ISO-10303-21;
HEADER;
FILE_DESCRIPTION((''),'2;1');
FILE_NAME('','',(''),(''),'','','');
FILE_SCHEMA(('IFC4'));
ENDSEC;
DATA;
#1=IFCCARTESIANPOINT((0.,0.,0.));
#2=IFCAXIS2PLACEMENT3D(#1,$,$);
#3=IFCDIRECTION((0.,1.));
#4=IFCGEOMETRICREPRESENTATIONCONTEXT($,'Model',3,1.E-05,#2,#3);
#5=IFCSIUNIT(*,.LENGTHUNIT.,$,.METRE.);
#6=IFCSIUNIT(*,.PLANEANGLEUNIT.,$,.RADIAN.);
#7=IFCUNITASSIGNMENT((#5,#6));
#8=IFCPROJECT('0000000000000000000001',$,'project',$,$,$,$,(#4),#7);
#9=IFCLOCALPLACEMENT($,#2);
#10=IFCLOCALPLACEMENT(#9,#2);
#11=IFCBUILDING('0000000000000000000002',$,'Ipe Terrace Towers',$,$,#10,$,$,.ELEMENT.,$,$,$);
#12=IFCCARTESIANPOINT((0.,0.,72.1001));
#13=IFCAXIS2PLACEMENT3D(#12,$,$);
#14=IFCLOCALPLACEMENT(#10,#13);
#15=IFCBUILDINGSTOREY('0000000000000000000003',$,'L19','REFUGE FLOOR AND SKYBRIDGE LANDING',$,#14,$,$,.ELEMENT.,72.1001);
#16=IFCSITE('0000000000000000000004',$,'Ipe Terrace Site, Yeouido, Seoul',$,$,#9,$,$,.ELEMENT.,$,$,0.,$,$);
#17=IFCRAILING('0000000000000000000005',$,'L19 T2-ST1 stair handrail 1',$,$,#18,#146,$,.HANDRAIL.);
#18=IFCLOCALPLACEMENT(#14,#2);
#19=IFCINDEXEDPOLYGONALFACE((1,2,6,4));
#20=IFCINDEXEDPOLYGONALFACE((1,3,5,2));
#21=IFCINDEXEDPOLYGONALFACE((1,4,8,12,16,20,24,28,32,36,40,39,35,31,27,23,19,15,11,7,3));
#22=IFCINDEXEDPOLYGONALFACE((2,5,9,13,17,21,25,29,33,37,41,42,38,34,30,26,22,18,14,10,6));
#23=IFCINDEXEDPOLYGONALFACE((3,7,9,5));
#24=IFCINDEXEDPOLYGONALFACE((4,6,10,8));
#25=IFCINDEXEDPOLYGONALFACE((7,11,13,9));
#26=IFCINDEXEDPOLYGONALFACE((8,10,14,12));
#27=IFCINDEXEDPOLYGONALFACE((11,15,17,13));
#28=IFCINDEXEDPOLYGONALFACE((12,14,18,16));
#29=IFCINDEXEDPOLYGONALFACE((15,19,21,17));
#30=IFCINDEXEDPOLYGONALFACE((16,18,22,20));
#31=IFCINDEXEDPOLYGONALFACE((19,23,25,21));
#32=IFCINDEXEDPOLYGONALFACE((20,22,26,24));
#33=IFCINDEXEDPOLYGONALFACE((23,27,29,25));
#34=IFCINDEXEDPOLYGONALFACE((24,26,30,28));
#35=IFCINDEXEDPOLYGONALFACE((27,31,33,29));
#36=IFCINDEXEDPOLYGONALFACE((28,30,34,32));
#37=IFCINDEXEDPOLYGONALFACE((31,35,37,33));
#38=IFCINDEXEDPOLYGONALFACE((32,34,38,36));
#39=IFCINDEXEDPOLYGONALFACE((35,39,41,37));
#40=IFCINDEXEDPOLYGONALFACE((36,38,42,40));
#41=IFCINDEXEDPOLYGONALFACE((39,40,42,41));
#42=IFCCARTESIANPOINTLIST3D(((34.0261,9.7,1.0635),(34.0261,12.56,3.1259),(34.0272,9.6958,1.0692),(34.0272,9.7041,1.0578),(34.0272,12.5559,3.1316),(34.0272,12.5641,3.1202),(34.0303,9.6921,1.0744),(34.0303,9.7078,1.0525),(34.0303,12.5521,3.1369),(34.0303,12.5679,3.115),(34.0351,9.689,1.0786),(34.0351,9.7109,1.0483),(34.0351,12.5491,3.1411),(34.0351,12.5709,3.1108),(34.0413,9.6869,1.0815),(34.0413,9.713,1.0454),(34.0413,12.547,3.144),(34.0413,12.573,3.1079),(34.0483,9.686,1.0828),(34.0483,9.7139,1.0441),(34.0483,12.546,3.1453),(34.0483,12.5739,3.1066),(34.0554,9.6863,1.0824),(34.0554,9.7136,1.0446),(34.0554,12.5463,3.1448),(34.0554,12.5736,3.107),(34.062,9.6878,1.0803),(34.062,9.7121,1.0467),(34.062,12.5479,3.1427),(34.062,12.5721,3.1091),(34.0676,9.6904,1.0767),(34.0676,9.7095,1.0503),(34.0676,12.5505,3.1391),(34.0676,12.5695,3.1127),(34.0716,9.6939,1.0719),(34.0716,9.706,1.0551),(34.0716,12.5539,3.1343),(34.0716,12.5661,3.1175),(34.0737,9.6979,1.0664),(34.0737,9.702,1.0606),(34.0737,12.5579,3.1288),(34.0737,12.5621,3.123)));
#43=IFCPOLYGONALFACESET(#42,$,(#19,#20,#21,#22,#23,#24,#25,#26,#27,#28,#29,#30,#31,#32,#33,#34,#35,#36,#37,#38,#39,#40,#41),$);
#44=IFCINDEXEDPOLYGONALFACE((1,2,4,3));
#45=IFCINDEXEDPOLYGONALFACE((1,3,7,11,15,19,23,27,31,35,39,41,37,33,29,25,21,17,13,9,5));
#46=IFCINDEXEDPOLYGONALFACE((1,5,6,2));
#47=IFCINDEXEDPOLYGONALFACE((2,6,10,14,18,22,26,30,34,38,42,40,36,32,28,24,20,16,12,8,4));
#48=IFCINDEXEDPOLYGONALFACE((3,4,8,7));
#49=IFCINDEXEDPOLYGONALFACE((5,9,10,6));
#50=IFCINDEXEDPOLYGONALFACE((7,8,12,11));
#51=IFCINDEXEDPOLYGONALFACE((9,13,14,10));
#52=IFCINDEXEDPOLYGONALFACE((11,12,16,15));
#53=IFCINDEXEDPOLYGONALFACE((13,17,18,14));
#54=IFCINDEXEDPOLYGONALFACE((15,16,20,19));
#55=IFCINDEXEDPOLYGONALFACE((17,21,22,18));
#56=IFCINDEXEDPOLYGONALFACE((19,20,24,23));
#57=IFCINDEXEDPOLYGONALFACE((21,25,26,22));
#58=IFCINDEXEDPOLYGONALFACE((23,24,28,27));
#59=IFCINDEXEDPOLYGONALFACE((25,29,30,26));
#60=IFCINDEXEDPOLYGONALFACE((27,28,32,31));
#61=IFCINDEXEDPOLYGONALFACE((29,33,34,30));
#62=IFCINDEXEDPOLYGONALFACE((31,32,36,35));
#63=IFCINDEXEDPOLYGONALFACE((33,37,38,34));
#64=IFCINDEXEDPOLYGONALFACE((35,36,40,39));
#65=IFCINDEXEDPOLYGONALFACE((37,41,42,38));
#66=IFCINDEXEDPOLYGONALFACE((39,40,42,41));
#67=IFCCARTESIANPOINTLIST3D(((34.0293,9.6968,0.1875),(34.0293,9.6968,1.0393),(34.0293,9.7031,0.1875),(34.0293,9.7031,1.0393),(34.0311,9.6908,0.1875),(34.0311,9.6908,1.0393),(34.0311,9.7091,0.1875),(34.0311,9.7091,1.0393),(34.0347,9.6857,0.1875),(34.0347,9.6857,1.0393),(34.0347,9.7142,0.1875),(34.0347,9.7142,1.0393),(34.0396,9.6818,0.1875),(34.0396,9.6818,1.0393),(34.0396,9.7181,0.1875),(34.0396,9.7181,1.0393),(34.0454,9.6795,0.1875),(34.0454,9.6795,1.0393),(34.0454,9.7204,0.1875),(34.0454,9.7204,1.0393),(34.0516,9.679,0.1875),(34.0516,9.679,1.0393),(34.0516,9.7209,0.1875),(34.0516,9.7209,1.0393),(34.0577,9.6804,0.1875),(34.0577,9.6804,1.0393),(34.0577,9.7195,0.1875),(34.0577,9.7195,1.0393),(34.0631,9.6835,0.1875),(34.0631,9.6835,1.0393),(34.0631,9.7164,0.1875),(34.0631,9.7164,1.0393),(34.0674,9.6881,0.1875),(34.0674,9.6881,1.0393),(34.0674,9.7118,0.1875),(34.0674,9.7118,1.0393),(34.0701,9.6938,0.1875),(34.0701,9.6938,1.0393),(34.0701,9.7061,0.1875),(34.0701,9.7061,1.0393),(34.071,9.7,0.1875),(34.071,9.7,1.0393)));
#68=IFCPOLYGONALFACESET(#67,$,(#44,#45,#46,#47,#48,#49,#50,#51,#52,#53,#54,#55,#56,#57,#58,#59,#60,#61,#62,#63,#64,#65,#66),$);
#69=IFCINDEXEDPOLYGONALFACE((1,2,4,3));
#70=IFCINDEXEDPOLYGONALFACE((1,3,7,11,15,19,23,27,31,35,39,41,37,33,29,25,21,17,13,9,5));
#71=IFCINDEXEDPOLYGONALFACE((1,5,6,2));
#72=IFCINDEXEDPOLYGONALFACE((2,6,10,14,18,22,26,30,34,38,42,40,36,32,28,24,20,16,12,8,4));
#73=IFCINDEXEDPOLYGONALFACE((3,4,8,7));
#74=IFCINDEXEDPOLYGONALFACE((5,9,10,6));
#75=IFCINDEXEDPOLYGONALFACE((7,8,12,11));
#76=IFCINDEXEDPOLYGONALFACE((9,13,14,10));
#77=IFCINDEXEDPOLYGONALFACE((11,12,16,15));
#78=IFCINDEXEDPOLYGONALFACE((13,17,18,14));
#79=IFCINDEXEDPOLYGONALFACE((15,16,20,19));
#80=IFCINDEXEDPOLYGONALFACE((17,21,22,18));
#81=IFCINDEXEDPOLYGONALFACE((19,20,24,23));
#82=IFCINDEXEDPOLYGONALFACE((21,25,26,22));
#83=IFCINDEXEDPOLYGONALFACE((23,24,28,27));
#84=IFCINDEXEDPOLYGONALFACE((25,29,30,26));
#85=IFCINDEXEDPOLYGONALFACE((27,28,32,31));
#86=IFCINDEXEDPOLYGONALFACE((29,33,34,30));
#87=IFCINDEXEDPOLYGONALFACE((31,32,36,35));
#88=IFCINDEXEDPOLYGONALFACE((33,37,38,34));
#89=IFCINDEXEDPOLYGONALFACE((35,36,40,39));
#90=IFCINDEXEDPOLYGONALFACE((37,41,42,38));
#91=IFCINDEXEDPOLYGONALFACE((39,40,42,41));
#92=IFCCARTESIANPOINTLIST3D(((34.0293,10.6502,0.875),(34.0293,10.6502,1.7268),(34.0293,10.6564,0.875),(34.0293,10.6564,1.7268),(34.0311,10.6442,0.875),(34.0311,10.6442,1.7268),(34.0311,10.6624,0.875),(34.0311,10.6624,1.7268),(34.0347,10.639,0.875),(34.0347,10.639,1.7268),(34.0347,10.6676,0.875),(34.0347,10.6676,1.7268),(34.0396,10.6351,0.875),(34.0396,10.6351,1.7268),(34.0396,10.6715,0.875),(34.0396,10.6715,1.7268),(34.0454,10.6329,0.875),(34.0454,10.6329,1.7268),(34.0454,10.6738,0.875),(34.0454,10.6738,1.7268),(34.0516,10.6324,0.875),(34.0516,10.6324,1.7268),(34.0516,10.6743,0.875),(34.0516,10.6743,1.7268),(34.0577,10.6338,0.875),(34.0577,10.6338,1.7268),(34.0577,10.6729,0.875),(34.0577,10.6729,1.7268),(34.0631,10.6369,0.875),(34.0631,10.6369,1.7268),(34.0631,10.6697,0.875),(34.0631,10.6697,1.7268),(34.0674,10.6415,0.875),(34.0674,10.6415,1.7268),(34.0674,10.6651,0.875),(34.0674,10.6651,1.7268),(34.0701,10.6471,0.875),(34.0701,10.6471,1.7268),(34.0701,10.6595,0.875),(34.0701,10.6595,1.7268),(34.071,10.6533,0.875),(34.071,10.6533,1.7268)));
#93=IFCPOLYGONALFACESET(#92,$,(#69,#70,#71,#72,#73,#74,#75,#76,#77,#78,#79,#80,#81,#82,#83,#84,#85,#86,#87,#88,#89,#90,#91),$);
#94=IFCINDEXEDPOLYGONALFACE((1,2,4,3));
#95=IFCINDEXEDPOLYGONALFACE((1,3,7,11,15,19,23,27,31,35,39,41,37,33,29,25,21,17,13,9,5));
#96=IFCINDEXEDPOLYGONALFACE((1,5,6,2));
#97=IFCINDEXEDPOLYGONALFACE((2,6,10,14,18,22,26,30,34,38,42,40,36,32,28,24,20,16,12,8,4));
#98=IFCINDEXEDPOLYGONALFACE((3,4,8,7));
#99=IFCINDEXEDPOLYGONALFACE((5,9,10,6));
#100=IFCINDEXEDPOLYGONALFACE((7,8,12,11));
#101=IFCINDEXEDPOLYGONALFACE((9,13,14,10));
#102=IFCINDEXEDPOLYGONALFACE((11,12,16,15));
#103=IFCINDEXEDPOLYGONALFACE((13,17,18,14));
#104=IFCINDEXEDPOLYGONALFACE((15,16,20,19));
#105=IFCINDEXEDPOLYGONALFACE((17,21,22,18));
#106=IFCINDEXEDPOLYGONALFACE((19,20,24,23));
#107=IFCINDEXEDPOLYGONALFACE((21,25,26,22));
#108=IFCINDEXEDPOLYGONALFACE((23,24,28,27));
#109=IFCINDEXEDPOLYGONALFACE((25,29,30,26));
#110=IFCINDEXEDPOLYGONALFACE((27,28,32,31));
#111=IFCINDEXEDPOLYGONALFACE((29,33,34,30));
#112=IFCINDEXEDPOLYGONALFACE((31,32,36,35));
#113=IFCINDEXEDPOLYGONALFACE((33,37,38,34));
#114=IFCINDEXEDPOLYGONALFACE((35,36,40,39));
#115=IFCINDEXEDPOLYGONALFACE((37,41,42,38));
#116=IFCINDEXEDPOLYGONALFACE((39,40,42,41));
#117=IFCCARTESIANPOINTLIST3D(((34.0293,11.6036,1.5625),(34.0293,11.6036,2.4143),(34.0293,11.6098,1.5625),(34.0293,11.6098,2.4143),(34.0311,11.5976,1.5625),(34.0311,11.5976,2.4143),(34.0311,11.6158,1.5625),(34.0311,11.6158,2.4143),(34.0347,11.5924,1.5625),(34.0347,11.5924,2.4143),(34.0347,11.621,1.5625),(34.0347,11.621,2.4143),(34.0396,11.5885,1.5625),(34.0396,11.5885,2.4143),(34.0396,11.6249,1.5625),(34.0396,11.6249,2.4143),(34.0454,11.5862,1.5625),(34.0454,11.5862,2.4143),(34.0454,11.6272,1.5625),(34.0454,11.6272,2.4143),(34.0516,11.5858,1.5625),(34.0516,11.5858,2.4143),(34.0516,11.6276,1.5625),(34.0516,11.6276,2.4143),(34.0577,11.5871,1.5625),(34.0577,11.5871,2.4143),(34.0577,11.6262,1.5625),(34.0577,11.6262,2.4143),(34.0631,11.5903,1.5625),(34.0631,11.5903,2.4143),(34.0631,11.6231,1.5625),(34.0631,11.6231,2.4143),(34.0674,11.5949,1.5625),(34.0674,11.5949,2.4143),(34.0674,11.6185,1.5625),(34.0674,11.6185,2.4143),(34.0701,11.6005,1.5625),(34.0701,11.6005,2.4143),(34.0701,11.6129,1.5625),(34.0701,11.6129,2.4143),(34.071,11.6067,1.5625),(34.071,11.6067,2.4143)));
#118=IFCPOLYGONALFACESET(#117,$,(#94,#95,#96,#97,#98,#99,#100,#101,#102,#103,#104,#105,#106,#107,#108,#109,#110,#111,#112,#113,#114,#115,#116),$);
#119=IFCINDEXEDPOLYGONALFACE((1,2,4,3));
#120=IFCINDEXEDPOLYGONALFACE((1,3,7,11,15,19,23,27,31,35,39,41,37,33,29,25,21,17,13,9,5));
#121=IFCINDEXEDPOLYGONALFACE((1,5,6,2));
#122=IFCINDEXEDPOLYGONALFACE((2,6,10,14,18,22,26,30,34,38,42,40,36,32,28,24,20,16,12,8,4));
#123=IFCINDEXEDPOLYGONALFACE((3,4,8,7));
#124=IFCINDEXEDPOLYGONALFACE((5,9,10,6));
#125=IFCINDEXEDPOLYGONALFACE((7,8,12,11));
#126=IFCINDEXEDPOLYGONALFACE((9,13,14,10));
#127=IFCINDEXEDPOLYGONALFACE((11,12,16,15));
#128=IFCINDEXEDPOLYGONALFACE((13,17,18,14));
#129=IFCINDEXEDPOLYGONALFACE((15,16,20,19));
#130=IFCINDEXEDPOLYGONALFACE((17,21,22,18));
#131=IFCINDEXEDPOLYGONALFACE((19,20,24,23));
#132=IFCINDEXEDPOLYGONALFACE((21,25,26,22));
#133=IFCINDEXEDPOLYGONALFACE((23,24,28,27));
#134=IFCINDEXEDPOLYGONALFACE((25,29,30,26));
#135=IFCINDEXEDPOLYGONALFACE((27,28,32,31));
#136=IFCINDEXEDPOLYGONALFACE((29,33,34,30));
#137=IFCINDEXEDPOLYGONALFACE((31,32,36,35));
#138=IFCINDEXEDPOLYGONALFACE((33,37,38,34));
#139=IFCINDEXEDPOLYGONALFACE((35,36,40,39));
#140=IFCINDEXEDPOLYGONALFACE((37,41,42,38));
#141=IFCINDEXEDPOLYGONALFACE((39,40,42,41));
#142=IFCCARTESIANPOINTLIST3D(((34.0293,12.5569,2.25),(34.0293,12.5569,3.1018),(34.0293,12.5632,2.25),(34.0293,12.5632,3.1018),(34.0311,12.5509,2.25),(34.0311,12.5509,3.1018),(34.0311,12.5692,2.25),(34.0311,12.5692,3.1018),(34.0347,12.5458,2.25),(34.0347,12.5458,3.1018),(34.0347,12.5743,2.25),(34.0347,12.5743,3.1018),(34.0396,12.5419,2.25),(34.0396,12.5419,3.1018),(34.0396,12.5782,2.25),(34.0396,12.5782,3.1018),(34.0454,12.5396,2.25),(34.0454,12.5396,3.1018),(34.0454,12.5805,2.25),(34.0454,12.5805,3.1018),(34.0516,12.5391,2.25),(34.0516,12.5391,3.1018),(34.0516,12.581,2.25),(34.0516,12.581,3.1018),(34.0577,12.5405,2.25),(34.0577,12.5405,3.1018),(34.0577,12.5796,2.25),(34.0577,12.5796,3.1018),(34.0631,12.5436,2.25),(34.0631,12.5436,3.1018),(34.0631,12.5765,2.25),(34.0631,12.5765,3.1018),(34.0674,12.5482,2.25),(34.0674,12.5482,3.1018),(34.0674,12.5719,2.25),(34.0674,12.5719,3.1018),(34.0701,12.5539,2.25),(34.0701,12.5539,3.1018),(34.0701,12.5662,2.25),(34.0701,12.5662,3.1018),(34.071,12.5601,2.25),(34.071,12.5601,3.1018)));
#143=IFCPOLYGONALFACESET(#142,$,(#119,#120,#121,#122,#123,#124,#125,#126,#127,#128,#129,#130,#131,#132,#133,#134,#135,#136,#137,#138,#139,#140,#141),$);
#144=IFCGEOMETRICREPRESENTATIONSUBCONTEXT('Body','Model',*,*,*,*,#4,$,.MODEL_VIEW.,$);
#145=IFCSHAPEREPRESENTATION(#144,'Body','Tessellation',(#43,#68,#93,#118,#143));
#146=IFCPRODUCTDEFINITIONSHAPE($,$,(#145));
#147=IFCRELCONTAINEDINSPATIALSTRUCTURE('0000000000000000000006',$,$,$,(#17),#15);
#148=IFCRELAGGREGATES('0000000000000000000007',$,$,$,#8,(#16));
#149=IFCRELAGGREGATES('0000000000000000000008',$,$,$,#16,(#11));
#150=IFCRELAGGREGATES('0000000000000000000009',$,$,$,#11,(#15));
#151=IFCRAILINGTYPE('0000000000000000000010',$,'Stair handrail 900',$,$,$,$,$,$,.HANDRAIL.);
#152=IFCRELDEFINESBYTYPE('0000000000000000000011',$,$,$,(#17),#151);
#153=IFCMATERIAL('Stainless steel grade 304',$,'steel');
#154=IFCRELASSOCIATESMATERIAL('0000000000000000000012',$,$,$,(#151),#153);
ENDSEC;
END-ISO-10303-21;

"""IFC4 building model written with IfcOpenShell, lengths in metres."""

from ifc_helpers import new_model, si_unit, direction, frame, origin, origin_2d, place, context, subcontext, project, spatial, circle, extrude, material, type_object, element, save


model = new_model("IFC4")

# Units and contexts
model_context = context("Model", 3, precision=1e-05, world=origin(), true_north=direction((0.0, 1.0)))
body_context = subcontext(model_context, "Body", "Model", "MODEL_VIEW")
ifc_project = project(units=[si_unit("LENGTHUNIT", "METRE"), si_unit("PLANEANGLEUNIT", "RADIAN")], contexts=[model_context])

# Site, building, storey
site_placement = place(None, origin())
site = spatial("IfcSite", under=ifc_project, at=site_placement, Name="Ipe Terrace Site, Yeouido, Seoul", CompositionType="ELEMENT", RefElevation=0.0)
building_placement = place(site_placement, origin())
building = spatial("IfcBuilding", under=site, at=building_placement, Name="Ipe Terrace Towers", CompositionType="ELEMENT")
storey_placement = place(building_placement, frame((0.0, 0.0, 72.1001)))
storey = spatial("IfcBuildingStorey", under=building, at=storey_placement, Name="L19", Description="REFUGE FLOOR AND SKYBRIDGE LANDING", CompositionType="ELEMENT", Elevation=72.1001)

# Railing
ifc_material_1 = material(Name="Stainless steel grade 304", Category="steel")
railing_type_1 = type_object("IfcRailingType", Name="Stair handrail 900", PredefinedType="HANDRAIL", material=ifc_material_1)
railing_1_placement = place(storey_placement, frame((34.05, 9.7, 0.1875)))
element("IfcRailing", 1, at=railing_1_placement, inside=storey, type_object=railing_type_1, Name="L19 T2-ST1 stair handrail 1", PredefinedType="HANDRAIL", context=body_context, shape_type="SweptSolid", body=[
    extrude(circle(Radius=0.0239, at=origin_2d()), frame((0.0, 0.0, 0.876), z_axis=(0.0, 0.811101, 0.584906), x_axis=(-1.0, 0.0, 0.0)), (0.0, 0.0, 1.0), 3.5261),
    extrude(circle(Radius=0.021, at=origin_2d()), origin(), (0.0, 0.0, 1.0), 0.8518),
    extrude(circle(Radius=0.021, at=origin_2d()), frame((0.0, 0.9534, 0.6875)), (0.0, 0.0, 1.0), 0.8518),
    extrude(circle(Radius=0.021, at=origin_2d()), frame((0.0, 1.9067, 1.375)), (0.0, 0.0, 1.0), 0.8518),
    extrude(circle(Radius=0.021, at=origin_2d()), frame((0.0, 2.8601, 2.0625)), (0.0, 0.0, 1.0), 0.8518),
])

save(model, "model.ifc")
